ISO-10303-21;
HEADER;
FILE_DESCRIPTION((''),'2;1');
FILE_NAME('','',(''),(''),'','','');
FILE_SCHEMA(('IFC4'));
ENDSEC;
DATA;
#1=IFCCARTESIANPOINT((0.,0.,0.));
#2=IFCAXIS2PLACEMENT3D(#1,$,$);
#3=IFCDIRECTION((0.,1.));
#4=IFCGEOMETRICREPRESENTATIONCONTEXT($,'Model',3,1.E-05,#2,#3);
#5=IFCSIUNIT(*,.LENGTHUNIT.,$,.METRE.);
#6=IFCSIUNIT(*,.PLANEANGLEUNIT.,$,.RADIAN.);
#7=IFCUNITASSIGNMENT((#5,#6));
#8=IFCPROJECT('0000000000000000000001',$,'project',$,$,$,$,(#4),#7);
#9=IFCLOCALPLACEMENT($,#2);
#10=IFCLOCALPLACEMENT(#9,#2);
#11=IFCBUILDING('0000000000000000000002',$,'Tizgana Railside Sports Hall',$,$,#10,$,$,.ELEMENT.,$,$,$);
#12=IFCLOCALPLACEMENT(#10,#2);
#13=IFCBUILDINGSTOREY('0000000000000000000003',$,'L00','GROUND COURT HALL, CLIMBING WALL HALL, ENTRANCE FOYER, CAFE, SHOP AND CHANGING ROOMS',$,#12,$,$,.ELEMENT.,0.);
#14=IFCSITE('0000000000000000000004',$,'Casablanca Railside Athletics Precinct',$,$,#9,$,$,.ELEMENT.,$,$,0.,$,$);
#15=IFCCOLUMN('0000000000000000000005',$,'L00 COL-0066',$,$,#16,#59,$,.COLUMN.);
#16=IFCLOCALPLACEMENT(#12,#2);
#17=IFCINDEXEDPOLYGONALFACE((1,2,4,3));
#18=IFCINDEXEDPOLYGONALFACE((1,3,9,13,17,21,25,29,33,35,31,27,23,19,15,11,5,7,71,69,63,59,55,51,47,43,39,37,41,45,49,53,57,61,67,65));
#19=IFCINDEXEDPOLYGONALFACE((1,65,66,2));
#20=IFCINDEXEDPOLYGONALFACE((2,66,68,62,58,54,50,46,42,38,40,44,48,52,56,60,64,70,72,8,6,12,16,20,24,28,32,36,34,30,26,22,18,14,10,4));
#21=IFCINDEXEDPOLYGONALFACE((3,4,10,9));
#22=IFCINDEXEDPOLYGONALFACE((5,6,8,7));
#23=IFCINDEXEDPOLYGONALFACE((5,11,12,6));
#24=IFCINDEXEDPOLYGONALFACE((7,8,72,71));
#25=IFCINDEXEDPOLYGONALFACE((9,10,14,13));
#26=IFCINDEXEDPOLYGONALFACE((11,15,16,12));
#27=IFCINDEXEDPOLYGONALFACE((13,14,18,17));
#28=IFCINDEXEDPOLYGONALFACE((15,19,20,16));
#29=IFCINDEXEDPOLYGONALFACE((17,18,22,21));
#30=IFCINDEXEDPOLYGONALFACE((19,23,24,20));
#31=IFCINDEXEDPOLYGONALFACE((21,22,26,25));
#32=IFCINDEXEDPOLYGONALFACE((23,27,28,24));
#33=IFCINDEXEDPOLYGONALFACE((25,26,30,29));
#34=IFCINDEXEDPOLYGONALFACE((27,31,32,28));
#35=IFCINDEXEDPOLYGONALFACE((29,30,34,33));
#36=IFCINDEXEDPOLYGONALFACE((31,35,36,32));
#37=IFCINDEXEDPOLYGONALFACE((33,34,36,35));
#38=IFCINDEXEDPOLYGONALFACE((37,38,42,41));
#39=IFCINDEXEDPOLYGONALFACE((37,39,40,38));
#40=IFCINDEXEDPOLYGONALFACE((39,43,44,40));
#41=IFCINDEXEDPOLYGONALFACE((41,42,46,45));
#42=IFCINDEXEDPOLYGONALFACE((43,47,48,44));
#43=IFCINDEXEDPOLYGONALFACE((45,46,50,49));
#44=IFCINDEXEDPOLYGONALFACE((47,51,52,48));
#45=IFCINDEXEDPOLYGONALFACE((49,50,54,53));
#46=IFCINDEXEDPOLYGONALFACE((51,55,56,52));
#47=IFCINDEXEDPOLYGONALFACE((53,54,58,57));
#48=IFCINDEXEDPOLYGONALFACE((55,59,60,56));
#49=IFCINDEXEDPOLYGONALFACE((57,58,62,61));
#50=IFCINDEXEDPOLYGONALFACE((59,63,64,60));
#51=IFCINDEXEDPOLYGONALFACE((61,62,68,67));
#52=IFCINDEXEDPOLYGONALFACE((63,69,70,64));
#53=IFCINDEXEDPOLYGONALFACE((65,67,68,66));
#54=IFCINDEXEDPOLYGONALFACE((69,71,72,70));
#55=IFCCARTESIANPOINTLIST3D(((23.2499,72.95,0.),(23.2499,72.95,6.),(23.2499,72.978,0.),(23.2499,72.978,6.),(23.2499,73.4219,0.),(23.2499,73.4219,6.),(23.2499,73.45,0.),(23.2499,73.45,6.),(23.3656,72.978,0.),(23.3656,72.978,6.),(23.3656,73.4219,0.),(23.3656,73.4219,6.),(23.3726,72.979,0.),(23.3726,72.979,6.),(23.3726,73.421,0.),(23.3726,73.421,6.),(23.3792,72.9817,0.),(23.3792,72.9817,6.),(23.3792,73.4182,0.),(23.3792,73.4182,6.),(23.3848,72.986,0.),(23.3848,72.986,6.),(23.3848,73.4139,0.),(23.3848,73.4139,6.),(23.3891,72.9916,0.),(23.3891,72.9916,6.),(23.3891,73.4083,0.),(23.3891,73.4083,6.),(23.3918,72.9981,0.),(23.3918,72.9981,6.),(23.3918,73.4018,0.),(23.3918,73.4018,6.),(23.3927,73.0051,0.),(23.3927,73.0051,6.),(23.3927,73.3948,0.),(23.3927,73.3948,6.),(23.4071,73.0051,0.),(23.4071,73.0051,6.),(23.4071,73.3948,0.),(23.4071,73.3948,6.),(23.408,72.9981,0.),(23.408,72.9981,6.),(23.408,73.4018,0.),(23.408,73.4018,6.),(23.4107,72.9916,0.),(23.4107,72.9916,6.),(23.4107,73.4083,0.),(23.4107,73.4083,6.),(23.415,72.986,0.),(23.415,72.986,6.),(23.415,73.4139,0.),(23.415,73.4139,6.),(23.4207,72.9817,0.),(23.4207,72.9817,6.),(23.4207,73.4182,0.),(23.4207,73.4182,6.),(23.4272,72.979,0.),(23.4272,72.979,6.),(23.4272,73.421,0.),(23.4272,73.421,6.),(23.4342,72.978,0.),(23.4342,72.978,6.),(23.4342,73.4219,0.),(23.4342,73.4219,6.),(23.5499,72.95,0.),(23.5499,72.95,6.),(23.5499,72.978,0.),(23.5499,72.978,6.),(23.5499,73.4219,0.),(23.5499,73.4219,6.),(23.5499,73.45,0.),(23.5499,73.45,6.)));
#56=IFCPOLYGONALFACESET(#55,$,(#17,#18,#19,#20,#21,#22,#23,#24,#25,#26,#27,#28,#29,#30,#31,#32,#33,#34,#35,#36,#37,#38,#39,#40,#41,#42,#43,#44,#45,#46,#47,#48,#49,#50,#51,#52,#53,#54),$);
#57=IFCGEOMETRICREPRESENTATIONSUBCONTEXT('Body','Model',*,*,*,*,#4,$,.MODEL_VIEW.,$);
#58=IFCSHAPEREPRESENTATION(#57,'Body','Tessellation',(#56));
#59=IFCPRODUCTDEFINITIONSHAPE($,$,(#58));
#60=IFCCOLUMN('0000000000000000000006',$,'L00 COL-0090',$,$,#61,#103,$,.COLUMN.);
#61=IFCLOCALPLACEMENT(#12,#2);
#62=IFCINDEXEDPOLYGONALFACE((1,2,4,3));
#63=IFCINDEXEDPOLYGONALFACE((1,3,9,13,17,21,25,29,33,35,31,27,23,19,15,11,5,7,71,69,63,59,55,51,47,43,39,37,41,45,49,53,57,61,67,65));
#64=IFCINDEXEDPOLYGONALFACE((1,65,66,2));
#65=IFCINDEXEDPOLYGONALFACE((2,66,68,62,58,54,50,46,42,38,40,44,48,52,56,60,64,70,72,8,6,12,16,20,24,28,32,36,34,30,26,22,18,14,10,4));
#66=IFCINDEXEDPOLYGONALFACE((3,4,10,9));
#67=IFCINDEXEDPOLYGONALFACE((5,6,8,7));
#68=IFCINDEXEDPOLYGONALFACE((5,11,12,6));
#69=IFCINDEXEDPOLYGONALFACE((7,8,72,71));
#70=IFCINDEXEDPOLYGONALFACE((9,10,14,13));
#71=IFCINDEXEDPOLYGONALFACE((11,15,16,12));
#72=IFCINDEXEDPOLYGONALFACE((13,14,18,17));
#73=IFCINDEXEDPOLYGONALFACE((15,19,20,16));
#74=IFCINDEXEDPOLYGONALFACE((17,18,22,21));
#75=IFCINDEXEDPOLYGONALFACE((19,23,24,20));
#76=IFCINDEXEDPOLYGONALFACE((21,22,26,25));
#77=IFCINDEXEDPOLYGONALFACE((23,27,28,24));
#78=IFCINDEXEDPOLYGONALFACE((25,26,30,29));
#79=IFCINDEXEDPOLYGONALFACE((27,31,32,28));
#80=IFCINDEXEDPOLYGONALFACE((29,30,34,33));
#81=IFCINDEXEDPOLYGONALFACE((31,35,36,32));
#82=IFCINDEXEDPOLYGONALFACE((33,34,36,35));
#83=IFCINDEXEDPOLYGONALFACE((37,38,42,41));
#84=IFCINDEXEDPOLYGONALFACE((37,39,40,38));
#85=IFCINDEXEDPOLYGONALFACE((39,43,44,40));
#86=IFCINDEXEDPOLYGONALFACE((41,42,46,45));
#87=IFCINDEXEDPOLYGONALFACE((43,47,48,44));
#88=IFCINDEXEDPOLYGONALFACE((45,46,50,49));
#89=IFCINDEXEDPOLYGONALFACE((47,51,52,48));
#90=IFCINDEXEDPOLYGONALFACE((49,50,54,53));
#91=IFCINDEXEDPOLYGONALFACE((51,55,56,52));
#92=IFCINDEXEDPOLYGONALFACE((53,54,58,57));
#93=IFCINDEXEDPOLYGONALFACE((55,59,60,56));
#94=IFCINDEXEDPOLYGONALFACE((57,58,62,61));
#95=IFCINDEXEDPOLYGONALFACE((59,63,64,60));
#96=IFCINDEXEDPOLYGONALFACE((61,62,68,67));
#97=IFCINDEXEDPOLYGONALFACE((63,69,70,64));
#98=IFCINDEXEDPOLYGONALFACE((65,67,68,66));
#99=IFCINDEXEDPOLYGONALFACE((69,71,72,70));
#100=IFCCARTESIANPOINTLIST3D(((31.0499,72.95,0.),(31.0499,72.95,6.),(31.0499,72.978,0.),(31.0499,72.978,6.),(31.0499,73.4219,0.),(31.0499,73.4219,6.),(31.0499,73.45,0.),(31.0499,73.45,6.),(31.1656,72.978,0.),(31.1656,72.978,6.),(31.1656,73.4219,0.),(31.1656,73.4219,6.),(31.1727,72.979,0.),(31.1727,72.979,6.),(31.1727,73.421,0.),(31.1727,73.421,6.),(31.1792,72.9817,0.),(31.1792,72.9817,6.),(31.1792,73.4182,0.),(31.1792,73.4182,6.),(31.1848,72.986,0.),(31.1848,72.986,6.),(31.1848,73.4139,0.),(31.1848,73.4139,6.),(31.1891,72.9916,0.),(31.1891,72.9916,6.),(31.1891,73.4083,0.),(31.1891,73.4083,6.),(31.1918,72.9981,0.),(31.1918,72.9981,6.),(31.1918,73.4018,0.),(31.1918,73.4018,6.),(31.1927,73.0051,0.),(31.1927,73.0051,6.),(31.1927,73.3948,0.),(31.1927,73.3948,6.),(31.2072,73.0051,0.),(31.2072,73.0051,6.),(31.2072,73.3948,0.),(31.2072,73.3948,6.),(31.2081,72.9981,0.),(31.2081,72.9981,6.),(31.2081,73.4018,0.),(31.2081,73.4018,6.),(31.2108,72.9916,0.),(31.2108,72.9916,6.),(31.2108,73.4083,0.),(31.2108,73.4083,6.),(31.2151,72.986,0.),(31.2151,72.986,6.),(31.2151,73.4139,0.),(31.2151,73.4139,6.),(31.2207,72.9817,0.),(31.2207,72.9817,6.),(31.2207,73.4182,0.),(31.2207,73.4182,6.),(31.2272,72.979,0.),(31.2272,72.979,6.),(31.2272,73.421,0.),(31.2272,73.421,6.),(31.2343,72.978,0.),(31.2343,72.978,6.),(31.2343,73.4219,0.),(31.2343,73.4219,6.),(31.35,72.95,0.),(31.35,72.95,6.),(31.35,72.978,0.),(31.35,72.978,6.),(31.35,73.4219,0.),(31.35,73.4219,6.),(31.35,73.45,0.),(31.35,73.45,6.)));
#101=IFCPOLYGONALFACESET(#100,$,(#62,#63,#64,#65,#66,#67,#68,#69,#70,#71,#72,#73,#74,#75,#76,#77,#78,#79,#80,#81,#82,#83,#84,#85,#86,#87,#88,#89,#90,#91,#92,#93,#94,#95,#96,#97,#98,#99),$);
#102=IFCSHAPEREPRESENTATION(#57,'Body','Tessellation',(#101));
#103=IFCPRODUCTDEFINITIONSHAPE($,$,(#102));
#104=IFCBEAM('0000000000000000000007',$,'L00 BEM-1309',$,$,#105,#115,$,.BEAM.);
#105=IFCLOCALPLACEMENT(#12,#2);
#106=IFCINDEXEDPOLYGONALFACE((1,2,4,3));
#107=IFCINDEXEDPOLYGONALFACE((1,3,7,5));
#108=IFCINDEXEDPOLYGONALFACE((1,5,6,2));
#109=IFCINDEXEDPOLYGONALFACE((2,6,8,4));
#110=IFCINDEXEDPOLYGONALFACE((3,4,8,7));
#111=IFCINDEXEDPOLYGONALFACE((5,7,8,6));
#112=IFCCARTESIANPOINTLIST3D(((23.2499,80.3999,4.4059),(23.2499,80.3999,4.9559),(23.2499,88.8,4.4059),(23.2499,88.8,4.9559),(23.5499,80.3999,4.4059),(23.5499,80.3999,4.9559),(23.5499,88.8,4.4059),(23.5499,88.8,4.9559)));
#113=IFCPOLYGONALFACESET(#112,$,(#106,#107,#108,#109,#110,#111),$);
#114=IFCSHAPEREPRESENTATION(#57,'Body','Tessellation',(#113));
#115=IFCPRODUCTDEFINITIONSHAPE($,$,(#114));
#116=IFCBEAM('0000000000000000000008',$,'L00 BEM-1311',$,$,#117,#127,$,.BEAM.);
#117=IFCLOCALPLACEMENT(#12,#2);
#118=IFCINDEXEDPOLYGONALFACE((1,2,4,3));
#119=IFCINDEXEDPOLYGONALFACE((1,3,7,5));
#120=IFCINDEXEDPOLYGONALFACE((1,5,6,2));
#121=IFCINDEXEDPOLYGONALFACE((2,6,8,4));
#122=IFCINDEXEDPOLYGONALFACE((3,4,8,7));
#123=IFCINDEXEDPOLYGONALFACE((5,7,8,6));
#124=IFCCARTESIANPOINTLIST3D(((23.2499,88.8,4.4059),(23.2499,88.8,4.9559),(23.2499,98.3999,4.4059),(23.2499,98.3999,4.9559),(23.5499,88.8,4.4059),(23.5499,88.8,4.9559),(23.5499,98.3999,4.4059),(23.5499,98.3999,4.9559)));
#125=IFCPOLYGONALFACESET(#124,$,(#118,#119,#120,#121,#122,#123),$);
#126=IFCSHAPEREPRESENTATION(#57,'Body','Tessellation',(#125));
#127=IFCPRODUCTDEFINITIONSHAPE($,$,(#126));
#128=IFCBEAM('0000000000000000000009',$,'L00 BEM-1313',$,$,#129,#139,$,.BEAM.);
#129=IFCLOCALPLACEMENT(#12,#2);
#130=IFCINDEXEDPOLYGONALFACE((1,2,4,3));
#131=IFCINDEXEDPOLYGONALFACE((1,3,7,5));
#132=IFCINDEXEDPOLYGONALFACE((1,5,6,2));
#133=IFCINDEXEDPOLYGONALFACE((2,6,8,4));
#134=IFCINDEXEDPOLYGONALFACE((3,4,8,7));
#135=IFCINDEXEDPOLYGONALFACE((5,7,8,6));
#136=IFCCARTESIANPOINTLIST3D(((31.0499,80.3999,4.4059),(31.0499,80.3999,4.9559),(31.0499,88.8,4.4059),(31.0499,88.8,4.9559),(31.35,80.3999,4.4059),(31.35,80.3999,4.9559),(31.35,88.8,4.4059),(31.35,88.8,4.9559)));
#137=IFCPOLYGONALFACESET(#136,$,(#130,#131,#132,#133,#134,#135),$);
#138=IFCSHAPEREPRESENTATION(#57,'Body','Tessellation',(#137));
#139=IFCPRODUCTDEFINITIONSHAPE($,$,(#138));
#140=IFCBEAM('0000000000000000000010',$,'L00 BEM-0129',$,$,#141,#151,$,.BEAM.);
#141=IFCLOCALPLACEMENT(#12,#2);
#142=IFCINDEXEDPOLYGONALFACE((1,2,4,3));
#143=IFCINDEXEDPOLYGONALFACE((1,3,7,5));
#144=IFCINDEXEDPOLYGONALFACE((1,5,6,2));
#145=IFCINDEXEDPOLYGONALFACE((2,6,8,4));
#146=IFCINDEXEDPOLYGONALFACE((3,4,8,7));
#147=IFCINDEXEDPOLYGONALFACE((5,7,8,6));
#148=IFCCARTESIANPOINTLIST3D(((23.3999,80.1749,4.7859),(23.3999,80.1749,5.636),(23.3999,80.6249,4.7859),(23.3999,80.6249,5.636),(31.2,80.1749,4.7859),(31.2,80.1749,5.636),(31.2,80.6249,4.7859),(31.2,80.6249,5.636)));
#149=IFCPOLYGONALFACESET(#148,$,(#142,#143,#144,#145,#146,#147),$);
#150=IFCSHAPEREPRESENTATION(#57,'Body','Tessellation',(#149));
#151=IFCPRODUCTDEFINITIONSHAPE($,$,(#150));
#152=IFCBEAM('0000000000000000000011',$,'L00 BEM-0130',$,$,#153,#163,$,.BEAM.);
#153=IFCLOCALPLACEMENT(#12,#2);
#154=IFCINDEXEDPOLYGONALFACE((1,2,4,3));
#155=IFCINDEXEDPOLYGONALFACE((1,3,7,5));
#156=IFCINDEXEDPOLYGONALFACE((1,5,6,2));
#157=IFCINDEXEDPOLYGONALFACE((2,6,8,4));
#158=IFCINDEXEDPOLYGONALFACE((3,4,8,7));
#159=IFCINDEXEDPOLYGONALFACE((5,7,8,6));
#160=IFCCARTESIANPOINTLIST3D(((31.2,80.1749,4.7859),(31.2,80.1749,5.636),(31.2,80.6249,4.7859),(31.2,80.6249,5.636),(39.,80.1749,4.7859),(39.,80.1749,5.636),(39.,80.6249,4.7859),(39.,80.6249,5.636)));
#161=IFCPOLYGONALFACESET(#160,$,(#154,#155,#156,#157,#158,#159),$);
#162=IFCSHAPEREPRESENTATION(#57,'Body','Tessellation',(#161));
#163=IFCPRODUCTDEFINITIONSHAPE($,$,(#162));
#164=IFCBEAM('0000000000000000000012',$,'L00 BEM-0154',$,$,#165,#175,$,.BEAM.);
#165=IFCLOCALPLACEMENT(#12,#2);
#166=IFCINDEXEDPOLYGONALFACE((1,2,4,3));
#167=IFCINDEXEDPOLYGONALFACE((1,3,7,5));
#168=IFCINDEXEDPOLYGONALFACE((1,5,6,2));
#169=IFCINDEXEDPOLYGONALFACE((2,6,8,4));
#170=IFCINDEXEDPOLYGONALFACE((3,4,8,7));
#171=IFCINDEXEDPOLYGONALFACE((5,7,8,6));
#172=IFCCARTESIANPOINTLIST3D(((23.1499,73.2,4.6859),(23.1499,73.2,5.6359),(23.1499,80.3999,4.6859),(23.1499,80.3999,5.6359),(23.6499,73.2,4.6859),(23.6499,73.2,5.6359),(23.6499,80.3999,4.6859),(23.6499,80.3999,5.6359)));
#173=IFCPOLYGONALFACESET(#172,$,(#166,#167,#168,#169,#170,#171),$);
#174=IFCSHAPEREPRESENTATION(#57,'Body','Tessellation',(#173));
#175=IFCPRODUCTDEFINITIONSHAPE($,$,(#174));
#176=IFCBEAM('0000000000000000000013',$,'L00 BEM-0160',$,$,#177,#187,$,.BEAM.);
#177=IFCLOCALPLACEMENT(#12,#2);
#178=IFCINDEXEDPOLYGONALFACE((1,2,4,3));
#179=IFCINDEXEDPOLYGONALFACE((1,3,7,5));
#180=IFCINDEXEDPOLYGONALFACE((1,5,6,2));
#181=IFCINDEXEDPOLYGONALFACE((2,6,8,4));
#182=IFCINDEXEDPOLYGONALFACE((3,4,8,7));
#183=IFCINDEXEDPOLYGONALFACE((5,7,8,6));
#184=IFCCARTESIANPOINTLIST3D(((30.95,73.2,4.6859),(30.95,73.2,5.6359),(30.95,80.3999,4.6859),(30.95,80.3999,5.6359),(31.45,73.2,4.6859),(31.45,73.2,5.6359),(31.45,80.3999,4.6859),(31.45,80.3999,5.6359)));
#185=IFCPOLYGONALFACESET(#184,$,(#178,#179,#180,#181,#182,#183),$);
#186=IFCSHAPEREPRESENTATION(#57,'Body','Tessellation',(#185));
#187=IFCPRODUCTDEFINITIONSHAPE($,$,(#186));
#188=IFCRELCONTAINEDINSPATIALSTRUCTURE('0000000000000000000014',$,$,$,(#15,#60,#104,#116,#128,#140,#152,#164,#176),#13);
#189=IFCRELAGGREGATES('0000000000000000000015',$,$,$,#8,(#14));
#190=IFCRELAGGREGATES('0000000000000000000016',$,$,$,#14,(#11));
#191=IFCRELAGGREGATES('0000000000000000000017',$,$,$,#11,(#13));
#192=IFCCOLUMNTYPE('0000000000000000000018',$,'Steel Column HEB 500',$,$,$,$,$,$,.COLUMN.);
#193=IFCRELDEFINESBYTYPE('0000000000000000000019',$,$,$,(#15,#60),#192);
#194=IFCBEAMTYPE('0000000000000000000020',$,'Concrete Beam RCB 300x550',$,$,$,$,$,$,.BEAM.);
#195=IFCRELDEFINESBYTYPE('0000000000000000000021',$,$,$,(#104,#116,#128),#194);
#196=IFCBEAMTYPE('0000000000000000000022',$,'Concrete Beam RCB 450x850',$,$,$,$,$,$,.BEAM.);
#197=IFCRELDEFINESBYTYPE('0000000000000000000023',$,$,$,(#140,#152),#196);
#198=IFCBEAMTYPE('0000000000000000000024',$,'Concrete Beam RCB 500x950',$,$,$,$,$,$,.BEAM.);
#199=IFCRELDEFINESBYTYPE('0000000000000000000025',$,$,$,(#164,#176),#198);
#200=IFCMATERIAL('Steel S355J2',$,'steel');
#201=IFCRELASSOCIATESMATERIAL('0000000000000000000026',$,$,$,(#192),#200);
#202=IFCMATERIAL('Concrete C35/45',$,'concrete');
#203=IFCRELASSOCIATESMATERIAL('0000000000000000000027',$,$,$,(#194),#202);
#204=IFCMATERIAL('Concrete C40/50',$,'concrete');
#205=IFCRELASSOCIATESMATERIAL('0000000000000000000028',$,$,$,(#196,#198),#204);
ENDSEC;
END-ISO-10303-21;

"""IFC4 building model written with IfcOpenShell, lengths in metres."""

from ifc_helpers import new_model, si_unit, direction, frame, origin, origin_2d, place, context, subcontext, project, spatial, rectangle, i_section, extrude, material, material_profile, profile_set, type_object, element, save


model = new_model("IFC4")

# Units and contexts
model_context = context("Model", 3, precision=1e-05, world=origin(), true_north=direction((0.0, 1.0)))
body_context = subcontext(model_context, "Body", "Model", "MODEL_VIEW")
ifc_project = project(units=[si_unit("LENGTHUNIT", "METRE"), si_unit("PLANEANGLEUNIT", "RADIAN")], contexts=[model_context])

# Site, building, storey
site_placement = place(None, origin())
site = spatial("IfcSite", under=ifc_project, at=site_placement, Name="Casablanca Railside Athletics Precinct", CompositionType="ELEMENT", RefElevation=0.0)
building_placement = place(site_placement, origin())
building = spatial("IfcBuilding", under=site, at=building_placement, Name="Tizgana Railside Sports Hall", CompositionType="ELEMENT")
storey_placement = place(building_placement, origin())
storey = spatial("IfcBuildingStorey", under=building, at=storey_placement, Name="L00", Description="GROUND COURT HALL, CLIMBING WALL HALL, ENTRANCE FOYER, CAFE, SHOP AND CHANGING ROOMS", CompositionType="ELEMENT", Elevation=0.0)

# Columns
ifc_material_1 = material(Name="Concrete C35/45", Category="concrete")
ifc_material_2 = material(Name="Concrete C40/50", Category="concrete")
ifc_material_3 = material(Name="Steel S355J2", Category="steel")
ifc_material_profile_1 = material_profile(ifc_material_3, i_section(OverallWidth=0.3, OverallDepth=0.5, WebThickness=0.0144, FlangeThickness=0.0281, FilletRadius=0.0271, at=origin_2d()), Name="HEB 500")
ifc_profile_set_1 = profile_set([ifc_material_profile_1], Name="Steel S355J2")
column_type_1 = type_object("IfcColumnType", Name="Steel Column HEB 500", PredefinedType="COLUMN", material=ifc_profile_set_1)
for number, where, z_axis, x_axis, name in (
    (1, (23.3999, 73.2, 0.0), (0.0, 0.0, 1.0), (1.0, 0.0, 0.0), "L00 COL-0066"),
    (2, (31.2, 73.2, 0.0), (0.0, 0.0, 1.0), (1.0, 0.0, 0.0), "L00 COL-0090"),
):
    element("IfcColumn", number, at=place(storey_placement, frame(where, z_axis=z_axis, x_axis=x_axis)), inside=storey, type_object=column_type_1, Name=name, PredefinedType="COLUMN", context=body_context, shape_type="SweptSolid", body=[
        extrude(i_section(OverallWidth=0.3, OverallDepth=0.5, WebThickness=0.0144, FlangeThickness=0.0281, FilletRadius=0.0271, at=origin_2d()), origin(), (0.0, 0.0, 1.0), 6.0),
    ])

# Beams
ifc_material_profile_2 = material_profile(ifc_material_1, rectangle(XDim=0.3, YDim=0.55, at=origin_2d()), Name="RCB 300x550")
ifc_profile_set_2 = profile_set([ifc_material_profile_2], Name="Concrete C35/45")
beam_type_1 = type_object("IfcBeamType", Name="Concrete Beam RCB 300x550", PredefinedType="BEAM", material=ifc_profile_set_2)
beam_1_placement = place(storey_placement, frame((23.3999, 80.3999, 4.6809), z_axis=(0.0, 1.0, 0.0), x_axis=(-1.0, 0.0, 0.0)))
element("IfcBeam", 3, at=beam_1_placement, inside=storey, type_object=beam_type_1, Name="L00 BEM-1309", PredefinedType="BEAM", context=body_context, shape_type="SweptSolid", body=[
    extrude(rectangle(XDim=0.3, YDim=0.55, at=origin_2d()), origin(), (0.0, 0.0, 1.0), 8.4001),
])
beam_2_placement = place(storey_placement, frame((23.3999, 88.8, 4.6809), z_axis=(0.0, 1.0, 0.0), x_axis=(-1.0, 0.0, 0.0)))
element("IfcBeam", 4, at=beam_2_placement, inside=storey, type_object=beam_type_1, Name="L00 BEM-1311", PredefinedType="BEAM", context=body_context, shape_type="SweptSolid", body=[
    extrude(rectangle(XDim=0.3, YDim=0.55, at=origin_2d()), origin(), (0.0, 0.0, 1.0), 9.5999),
])
beam_3_placement = place(storey_placement, frame((31.2, 80.3999, 4.6809), z_axis=(0.0, 1.0, 0.0), x_axis=(-1.0, 0.0, 0.0)))
element("IfcBeam", 5, at=beam_3_placement, inside=storey, type_object=beam_type_1, Name="L00 BEM-1313", PredefinedType="BEAM", context=body_context, shape_type="SweptSolid", body=[
    extrude(rectangle(XDim=0.3, YDim=0.55, at=origin_2d()), origin(), (0.0, 0.0, 1.0), 8.4001),
])
ifc_material_profile_3 = material_profile(ifc_material_2, rectangle(XDim=0.45, YDim=0.8501, at=origin_2d()), Name="RCB 450x850")
ifc_profile_set_3 = profile_set([ifc_material_profile_3], Name="Concrete C40/50")
beam_type_2 = type_object("IfcBeamType", Name="Concrete Beam RCB 450x850", PredefinedType="BEAM", material=ifc_profile_set_3)
for number, where, z_axis, x_axis, name in (
    (6, (23.3999, 80.3999, 5.2109), (1.0, 0.0, 0.0), (0.0, 1.0, 0.0), "L00 BEM-0129"),
    (7, (31.2, 80.3999, 5.2109), (1.0, 0.0, 0.0), (0.0, 1.0, 0.0), "L00 BEM-0130"),
):
    element("IfcBeam", number, at=place(storey_placement, frame(where, z_axis=z_axis, x_axis=x_axis)), inside=storey, type_object=beam_type_2, Name=name, PredefinedType="BEAM", context=body_context, shape_type="SweptSolid", body=[
        extrude(rectangle(XDim=0.45, YDim=0.8501, at=origin_2d()), origin(), (0.0, 0.0, 1.0), 7.8),
    ])
ifc_material_profile_4 = material_profile(ifc_material_2, rectangle(XDim=0.5, YDim=0.95, at=origin_2d()), Name="RCB 500x950")
ifc_profile_set_4 = profile_set([ifc_material_profile_4], Name="Concrete C40/50")
beam_type_3 = type_object("IfcBeamType", Name="Concrete Beam RCB 500x950", PredefinedType="BEAM", material=ifc_profile_set_4)
for number, where, z_axis, x_axis, name in (
    (8, (23.3999, 73.2, 5.1609), (0.0, 1.0, 0.0), (-1.0, 0.0, 0.0), "L00 BEM-0154"),
    (9, (31.2, 73.2, 5.1609), (0.0, 1.0, 0.0), (-1.0, 0.0, 0.0), "L00 BEM-0160"),
):
    element("IfcBeam", number, at=place(storey_placement, frame(where, z_axis=z_axis, x_axis=x_axis)), inside=storey, type_object=beam_type_3, Name=name, PredefinedType="BEAM", context=body_context, shape_type="SweptSolid", body=[
        extrude(rectangle(XDim=0.5, YDim=0.95, at=origin_2d()), origin(), (0.0, 0.0, 1.0), 7.2),
    ])

save(model, "model.ifc")
